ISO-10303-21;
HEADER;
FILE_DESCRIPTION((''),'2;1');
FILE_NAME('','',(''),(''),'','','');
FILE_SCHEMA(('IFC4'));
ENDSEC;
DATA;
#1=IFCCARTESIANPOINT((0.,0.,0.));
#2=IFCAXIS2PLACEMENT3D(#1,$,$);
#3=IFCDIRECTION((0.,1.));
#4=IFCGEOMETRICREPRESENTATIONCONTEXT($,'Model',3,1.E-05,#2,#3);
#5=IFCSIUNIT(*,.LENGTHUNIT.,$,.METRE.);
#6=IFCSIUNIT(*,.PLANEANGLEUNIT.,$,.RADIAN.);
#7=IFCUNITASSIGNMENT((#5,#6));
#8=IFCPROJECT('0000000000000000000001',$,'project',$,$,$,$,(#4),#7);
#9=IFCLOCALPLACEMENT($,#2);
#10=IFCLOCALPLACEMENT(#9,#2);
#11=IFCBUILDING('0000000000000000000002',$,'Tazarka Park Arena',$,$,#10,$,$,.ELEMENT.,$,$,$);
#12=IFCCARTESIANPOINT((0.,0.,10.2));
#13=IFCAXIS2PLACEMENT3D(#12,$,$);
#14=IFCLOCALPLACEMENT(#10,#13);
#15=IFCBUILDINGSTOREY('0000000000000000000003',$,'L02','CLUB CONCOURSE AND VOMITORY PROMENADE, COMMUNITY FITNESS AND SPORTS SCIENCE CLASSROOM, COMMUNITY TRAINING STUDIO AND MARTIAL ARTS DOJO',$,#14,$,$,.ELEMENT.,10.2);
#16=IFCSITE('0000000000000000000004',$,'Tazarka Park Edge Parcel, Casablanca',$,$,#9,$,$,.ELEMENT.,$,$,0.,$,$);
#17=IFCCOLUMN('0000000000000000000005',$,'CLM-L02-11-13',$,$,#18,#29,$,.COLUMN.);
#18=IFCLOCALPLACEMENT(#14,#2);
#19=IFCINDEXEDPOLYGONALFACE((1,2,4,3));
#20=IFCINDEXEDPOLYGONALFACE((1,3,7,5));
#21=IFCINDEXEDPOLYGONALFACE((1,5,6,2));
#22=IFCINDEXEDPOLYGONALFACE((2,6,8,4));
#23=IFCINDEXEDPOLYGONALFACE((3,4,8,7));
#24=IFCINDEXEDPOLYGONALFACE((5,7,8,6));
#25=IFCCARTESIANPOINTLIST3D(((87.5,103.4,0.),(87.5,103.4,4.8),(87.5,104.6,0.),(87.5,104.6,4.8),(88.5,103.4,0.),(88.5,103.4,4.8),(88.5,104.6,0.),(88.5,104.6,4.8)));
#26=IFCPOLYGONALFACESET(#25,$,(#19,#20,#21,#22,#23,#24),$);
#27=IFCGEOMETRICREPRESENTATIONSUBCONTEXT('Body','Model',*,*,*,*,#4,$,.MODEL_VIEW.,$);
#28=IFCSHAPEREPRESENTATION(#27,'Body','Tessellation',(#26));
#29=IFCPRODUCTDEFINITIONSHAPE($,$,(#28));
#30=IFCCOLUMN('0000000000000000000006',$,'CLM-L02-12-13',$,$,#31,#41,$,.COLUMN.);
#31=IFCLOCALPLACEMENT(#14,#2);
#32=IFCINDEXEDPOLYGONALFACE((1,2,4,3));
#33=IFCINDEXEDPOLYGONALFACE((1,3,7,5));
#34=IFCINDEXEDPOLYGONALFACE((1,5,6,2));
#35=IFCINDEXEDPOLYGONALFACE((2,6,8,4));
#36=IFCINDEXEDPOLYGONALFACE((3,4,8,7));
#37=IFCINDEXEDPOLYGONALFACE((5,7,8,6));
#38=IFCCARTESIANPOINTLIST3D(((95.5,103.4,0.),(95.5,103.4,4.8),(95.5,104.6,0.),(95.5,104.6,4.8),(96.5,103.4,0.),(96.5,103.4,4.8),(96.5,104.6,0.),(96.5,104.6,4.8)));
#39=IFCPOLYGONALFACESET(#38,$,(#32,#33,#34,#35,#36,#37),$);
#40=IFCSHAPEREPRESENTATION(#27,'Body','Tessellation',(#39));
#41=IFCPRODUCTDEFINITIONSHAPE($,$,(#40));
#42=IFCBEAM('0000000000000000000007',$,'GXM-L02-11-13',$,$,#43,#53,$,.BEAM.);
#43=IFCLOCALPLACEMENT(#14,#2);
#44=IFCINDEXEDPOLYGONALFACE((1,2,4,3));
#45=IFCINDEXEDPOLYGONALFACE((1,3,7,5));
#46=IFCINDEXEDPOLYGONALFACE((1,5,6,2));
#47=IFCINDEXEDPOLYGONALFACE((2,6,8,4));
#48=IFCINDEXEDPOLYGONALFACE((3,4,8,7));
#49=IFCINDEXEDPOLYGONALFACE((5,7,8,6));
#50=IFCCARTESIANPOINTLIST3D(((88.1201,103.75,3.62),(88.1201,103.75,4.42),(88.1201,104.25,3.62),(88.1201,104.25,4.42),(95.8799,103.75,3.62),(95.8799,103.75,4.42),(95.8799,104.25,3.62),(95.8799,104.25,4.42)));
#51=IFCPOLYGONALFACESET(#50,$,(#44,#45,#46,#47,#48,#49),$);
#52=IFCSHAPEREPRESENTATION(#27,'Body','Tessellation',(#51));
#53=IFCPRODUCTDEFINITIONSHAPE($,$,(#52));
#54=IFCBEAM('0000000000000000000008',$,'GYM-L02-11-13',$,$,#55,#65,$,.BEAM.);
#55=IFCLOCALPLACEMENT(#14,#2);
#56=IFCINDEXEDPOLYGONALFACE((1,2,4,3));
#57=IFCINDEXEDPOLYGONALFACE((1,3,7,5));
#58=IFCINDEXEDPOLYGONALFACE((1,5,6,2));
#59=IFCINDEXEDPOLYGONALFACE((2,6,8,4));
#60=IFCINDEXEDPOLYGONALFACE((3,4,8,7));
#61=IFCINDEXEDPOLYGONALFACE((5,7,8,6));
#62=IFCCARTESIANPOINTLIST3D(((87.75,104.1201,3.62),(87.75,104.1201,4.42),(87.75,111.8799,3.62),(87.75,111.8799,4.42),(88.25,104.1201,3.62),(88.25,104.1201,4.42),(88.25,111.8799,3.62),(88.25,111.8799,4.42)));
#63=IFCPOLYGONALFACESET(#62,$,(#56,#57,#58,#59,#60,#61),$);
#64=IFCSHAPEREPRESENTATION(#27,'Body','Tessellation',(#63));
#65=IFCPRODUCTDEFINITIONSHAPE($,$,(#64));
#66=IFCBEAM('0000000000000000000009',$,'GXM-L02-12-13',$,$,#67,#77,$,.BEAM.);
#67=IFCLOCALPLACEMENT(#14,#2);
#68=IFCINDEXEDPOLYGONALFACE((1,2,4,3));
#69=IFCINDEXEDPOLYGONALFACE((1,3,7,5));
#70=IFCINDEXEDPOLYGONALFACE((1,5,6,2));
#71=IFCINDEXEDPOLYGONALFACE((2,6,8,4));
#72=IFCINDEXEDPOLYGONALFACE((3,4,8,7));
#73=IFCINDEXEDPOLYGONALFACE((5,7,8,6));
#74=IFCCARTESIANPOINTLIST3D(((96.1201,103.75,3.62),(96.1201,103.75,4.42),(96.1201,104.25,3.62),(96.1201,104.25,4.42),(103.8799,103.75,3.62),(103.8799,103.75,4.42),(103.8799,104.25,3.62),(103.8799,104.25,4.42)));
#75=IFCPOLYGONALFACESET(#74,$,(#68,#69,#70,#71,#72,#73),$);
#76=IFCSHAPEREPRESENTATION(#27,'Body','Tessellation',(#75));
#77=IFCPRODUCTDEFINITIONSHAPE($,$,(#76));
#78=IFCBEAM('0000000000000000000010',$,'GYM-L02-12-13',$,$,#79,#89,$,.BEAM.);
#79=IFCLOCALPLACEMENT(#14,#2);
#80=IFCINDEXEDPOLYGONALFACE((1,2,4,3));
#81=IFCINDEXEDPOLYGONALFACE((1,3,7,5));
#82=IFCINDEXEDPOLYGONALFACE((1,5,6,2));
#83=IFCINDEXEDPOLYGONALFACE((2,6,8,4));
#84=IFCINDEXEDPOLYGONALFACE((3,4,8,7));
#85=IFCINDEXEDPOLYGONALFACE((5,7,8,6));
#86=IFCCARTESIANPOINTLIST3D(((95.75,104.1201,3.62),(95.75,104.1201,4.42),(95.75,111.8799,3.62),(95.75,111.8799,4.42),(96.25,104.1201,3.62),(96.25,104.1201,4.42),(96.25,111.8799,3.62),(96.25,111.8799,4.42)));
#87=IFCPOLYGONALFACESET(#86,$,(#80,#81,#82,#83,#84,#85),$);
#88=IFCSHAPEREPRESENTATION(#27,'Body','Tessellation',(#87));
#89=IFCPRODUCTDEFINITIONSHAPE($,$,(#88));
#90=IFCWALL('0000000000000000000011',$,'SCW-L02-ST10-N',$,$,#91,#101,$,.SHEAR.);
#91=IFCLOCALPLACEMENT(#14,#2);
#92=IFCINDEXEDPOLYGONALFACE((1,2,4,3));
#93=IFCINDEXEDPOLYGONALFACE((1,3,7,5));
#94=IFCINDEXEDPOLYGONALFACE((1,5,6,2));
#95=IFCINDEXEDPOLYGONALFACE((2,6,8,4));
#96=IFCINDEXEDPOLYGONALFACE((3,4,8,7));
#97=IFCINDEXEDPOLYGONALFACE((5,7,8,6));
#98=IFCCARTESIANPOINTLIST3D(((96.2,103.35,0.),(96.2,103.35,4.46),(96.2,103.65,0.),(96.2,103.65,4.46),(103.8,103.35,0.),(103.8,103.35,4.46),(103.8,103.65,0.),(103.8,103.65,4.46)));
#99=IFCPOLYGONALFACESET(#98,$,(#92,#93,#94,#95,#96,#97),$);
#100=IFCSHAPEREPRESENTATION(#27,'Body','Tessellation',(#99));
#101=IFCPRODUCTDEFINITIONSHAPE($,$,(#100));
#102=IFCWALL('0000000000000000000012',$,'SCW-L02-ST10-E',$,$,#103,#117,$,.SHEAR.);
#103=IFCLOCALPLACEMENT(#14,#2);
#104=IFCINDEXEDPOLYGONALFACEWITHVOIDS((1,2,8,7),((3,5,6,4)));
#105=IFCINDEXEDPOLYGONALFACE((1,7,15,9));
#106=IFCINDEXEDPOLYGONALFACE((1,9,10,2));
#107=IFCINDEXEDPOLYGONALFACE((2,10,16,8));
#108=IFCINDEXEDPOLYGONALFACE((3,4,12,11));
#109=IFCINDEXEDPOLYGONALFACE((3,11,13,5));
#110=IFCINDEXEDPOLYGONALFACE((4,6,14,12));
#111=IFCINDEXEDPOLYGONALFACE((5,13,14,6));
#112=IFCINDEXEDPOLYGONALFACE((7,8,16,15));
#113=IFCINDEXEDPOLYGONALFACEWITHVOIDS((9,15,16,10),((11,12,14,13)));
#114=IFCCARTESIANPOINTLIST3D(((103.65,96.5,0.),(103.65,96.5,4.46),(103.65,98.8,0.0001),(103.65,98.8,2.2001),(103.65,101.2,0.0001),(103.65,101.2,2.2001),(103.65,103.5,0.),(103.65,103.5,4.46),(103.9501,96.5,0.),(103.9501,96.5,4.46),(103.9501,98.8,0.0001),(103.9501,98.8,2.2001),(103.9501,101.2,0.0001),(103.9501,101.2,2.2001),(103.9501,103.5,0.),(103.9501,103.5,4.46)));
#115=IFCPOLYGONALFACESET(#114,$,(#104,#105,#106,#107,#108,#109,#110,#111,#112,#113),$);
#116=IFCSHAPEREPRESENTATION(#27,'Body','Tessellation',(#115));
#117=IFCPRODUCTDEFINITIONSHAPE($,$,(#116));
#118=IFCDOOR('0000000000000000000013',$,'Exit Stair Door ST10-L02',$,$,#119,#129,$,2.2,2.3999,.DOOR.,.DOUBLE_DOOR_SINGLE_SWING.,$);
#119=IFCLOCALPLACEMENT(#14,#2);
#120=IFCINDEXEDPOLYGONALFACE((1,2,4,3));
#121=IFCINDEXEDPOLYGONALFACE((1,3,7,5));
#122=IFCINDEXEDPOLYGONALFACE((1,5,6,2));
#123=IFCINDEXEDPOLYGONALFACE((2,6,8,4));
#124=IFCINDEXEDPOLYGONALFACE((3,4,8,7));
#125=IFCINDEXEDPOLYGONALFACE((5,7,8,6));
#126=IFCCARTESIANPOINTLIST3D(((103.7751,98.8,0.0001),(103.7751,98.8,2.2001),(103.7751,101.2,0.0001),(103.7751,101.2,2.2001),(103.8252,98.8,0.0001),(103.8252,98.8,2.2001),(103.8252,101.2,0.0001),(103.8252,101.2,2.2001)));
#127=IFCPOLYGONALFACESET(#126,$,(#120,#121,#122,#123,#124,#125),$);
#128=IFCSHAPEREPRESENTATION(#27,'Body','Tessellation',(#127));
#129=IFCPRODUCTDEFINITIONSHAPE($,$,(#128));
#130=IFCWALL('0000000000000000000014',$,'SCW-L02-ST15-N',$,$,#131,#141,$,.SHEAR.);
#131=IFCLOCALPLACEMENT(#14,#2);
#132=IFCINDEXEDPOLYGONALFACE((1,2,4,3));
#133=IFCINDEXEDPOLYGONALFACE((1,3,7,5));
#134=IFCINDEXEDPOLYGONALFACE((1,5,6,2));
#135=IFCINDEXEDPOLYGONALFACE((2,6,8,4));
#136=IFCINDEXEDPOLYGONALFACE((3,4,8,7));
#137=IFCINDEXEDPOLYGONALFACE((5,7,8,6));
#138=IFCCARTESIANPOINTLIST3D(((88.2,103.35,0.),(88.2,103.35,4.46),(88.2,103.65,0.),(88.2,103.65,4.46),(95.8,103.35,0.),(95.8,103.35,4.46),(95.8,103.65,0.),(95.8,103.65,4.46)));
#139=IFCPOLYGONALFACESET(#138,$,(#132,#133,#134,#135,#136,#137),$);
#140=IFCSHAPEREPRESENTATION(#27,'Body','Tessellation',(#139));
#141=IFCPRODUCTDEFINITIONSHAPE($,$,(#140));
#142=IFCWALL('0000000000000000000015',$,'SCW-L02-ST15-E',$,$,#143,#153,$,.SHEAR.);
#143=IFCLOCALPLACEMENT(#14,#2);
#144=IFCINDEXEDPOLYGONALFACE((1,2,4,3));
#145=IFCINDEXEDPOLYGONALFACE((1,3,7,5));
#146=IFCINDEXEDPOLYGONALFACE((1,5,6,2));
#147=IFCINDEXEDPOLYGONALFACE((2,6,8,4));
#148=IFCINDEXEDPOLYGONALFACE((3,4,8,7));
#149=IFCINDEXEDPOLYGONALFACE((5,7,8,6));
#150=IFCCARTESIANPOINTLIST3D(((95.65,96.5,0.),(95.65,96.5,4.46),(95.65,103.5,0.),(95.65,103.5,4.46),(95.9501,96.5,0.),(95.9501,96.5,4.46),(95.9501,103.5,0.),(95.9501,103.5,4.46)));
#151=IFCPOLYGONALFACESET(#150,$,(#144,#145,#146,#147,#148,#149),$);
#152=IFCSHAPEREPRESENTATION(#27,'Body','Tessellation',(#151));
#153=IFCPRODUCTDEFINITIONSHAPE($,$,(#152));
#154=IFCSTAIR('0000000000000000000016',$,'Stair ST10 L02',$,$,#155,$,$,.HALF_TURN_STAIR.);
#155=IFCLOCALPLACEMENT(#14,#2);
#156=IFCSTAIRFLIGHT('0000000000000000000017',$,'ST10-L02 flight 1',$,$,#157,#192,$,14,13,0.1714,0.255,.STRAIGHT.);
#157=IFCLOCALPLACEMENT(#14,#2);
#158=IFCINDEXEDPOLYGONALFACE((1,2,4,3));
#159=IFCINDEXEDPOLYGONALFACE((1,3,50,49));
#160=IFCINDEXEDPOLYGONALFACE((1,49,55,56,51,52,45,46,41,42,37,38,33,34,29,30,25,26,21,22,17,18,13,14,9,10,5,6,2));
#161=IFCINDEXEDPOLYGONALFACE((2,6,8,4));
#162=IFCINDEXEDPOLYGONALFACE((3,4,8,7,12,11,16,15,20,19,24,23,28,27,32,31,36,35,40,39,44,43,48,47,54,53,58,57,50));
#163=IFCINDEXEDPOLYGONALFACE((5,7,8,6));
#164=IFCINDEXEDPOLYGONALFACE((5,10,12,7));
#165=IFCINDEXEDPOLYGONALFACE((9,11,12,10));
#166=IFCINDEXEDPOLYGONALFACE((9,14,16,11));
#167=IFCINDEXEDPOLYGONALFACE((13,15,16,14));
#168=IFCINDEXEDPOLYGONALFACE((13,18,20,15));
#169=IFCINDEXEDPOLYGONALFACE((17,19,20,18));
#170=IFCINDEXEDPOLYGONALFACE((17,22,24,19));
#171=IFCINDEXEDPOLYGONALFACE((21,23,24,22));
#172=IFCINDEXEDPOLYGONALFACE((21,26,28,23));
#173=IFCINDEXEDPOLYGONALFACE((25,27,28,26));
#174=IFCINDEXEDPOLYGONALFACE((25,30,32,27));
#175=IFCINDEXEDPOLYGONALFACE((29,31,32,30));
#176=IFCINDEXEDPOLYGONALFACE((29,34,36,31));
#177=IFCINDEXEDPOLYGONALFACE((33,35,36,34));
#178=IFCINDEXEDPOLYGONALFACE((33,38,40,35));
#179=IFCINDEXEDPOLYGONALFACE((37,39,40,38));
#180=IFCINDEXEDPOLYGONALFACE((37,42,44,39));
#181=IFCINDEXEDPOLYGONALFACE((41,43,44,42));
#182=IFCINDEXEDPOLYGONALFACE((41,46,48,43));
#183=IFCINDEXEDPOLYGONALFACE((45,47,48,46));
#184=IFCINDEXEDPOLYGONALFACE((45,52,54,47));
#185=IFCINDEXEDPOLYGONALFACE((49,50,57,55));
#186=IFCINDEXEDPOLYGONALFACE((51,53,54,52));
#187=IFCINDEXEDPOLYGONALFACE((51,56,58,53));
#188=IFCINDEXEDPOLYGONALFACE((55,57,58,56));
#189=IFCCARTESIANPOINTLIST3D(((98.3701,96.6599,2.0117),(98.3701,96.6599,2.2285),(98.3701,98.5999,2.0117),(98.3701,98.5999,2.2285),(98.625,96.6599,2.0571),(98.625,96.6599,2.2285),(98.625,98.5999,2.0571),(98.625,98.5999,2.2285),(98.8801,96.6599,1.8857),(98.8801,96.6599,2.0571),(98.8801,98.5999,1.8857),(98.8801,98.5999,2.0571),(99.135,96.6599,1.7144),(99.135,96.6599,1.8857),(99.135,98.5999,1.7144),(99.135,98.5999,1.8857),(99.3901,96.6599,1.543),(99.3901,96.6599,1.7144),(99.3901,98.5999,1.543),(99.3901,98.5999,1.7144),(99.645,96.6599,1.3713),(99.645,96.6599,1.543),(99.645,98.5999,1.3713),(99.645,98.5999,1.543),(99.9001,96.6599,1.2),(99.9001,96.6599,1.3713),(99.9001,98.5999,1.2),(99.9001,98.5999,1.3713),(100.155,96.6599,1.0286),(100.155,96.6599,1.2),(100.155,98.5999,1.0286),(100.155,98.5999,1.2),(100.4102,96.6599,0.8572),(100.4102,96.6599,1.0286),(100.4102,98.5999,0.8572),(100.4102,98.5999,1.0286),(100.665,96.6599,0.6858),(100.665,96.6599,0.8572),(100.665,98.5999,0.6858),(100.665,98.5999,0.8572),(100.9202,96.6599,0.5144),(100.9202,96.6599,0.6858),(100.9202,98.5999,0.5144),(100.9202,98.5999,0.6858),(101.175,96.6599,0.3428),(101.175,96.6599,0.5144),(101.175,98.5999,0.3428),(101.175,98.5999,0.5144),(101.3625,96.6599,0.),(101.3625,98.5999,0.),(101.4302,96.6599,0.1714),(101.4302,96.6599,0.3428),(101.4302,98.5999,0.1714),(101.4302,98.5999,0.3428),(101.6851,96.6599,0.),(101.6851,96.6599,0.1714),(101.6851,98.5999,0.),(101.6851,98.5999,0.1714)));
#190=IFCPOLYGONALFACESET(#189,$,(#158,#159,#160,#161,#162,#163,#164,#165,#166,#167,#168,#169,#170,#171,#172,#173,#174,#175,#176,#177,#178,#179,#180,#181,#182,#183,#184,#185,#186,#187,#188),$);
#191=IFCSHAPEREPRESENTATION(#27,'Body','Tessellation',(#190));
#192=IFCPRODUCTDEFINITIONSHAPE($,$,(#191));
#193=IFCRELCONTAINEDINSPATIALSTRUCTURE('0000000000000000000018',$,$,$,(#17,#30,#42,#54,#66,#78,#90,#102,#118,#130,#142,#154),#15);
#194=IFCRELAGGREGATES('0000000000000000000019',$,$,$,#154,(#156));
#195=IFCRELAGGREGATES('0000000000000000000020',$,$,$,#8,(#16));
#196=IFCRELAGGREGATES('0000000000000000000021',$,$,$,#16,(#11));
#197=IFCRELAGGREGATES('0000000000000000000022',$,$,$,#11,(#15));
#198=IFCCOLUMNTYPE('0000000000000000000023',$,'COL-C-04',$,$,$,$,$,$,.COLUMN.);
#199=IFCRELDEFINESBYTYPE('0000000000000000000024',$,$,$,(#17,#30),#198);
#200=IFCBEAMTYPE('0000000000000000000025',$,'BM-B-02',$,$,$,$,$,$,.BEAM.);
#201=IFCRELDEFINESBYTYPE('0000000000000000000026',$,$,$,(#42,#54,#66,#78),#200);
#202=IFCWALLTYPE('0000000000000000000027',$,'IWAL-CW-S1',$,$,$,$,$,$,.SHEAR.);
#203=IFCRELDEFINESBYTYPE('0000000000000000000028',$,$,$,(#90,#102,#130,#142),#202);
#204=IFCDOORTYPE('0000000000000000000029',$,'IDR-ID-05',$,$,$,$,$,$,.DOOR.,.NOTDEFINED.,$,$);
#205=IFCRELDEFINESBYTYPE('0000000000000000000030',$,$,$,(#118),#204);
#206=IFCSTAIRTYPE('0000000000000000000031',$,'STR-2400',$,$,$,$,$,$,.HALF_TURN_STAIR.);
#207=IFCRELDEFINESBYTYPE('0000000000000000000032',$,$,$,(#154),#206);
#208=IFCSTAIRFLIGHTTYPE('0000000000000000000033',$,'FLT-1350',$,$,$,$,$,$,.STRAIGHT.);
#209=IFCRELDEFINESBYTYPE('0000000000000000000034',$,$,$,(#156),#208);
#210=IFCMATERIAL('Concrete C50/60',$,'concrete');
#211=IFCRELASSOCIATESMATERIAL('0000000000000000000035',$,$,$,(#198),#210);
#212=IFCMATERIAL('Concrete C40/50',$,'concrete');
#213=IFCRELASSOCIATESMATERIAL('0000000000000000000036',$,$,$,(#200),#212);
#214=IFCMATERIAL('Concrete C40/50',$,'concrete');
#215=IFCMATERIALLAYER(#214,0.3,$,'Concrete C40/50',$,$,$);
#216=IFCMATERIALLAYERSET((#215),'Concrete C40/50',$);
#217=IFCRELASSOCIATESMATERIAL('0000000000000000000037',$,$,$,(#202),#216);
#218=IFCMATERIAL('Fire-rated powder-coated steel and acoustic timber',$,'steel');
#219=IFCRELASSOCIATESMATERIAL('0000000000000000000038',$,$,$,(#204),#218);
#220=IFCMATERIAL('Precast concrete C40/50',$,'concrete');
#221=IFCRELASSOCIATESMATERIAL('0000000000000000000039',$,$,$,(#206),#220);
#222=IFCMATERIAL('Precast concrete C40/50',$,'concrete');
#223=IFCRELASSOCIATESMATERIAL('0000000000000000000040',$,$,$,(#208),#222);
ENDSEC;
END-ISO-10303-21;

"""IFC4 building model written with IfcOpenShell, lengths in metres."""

from ifc_helpers import new_model, si_unit, direction, frame, frame_2d, origin, origin_2d, place, context, subcontext, project, spatial, polyline, rectangle, outline, extrude, material, layer, layer_set, material_profile, profile_set, type_object, element, fill, aggregate, save


model = new_model("IFC4")

# Units and contexts
model_context = context("Model", 3, precision=1e-05, world=origin(), true_north=direction((0.0, 1.0)))
body_context = subcontext(model_context, "Body", "Model", "MODEL_VIEW")
ifc_project = project(units=[si_unit("LENGTHUNIT", "METRE"), si_unit("PLANEANGLEUNIT", "RADIAN")], contexts=[model_context])

# Site, building, storey
site_placement = place(None, origin())
site = spatial("IfcSite", under=ifc_project, at=site_placement, Name="Tazarka Park Edge Parcel, Casablanca", CompositionType="ELEMENT", RefElevation=0.0)
building_placement = place(site_placement, origin())
building = spatial("IfcBuilding", under=site, at=building_placement, Name="Tazarka Park Arena", CompositionType="ELEMENT")
storey_placement = place(building_placement, frame((0.0, 0.0, 10.2)))
storey = spatial("IfcBuildingStorey", under=building, at=storey_placement, Name="L02", Description="CLUB CONCOURSE AND VOMITORY PROMENADE, COMMUNITY FITNESS AND SPORTS SCIENCE CLASSROOM, COMMUNITY TRAINING STUDIO AND MARTIAL ARTS DOJO", CompositionType="ELEMENT", Elevation=10.2)

# Columns
ifc_material_1 = material(Name="Concrete C50/60", Category="concrete")
ifc_material_profile_1 = material_profile(ifc_material_1, rectangle(XDim=1.0, YDim=1.2, at=origin_2d()), Name="Concrete C50/60")
ifc_profile_set_1 = profile_set([ifc_material_profile_1], Name="Concrete C50/60")
column_type = type_object("IfcColumnType", Name="COL-C-04", PredefinedType="COLUMN", material=ifc_profile_set_1)
for number, where, z_axis, x_axis, name in (
    (1, (88.0, 104.0, 0.0), (0.0, 0.0, 1.0), (1.0, 0.0, 0.0), "CLM-L02-11-13"),
    (2, (96.0, 104.0, 0.0), (0.0, 0.0, 1.0), (1.0, 0.0, 0.0), "CLM-L02-12-13"),
):
    element("IfcColumn", number, at=place(storey_placement, frame(where, z_axis=z_axis, x_axis=x_axis)), inside=storey, type_object=column_type, Name=name, PredefinedType="COLUMN", context=body_context, shape_type="SweptSolid", body=[
        extrude(rectangle(XDim=1.0, YDim=1.2, at=origin_2d()), origin(), (0.0, 0.0, 1.0), 4.8),
    ])

# Beams
ifc_material_2 = material(Name="Concrete C40/50", Category="concrete")
ifc_material_profile_2 = material_profile(ifc_material_2, rectangle(XDim=0.5, YDim=0.8, at=origin_2d()), Name="Concrete C40/50")
ifc_profile_set_2 = profile_set([ifc_material_profile_2], Name="Concrete C40/50")
beam_type = type_object("IfcBeamType", Name="BM-B-02", PredefinedType="BEAM", material=ifc_profile_set_2)
for number, where, z_axis, x_axis, name in (
    (3, (88.1201, 104.0, 4.02), (1.0, 0.0, 0.0), (0.0, 1.0, 0.0), "GXM-L02-11-13"),
    (4, (88.0, 104.1201, 4.02), (0.0, 1.0, 0.0), (-1.0, 0.0, 0.0), "GYM-L02-11-13"),
    (5, (96.1201, 104.0, 4.02), (1.0, 0.0, 0.0), (0.0, 1.0, 0.0), "GXM-L02-12-13"),
    (6, (96.0, 104.1201, 4.02), (0.0, 1.0, 0.0), (-1.0, 0.0, 0.0), "GYM-L02-12-13"),
):
    element("IfcBeam", number, at=place(storey_placement, frame(where, z_axis=z_axis, x_axis=x_axis)), inside=storey, type_object=beam_type, Name=name, PredefinedType="BEAM", context=body_context, shape_type="SweptSolid", body=[
        extrude(rectangle(XDim=0.5, YDim=0.8, at=origin_2d()), origin(), (0.0, 0.0, 1.0), 7.7598),
    ])

# Wall
ifc_material_3 = material(Name="Concrete C40/50", Category="concrete")
ifc_layer = layer(ifc_material_3, 0.3, Name="Concrete C40/50")
ifc_layer_set = layer_set([ifc_layer], Name="Concrete C40/50")
wall_type = type_object("IfcWallType", Name="IWAL-CW-S1", PredefinedType="SHEAR", material=ifc_layer_set)
wall_1_placement = place(storey_placement, frame((96.2, 103.5, 0.0), z_axis=(0.0, 0.0, 1.0), x_axis=(1.0, 0.0, 0.0)))
element("IfcWall", 7, at=wall_1_placement, inside=storey, type_object=wall_type, Name="SCW-L02-ST10-N", PredefinedType="SHEAR", context=body_context, shape_type="SweptSolid", body=[
    extrude(rectangle(XDim=7.6001, YDim=0.3, at=frame_2d((3.8, 0.0))), origin(), (0.0, 0.0, 1.0), 4.46),
])

# Wall, opening, door
wall_2_placement = place(storey_placement, frame((103.8, 103.5, 0.0), z_axis=(0.0, 0.0, 1.0), x_axis=(0.0, -1.0, 0.0)))
wall_2 = element("IfcWall", 8, at=wall_2_placement, inside=storey, type_object=wall_type, Name="SCW-L02-ST10-E", PredefinedType="SHEAR", context=body_context, shape_type="SweptSolid", body=[
    extrude(rectangle(XDim=7.0, YDim=0.3, at=frame_2d((3.5, 0.0))), origin(), (0.0, 0.0, 1.0), 4.46),
])
opening_placement = place(wall_2_placement, frame((2.3, 0.0, 0.0)))
opening = element("IfcOpeningElement", 9, at=opening_placement, cuts=wall_2, PredefinedType="OPENING", context=body_context, shape_type="SweptSolid", body=[
    extrude(rectangle(XDim=2.3999, YDim=2.2, at=frame_2d((1.2, 1.1001))), frame((0.0, 0.1602, 0.0), z_axis=(0.0, -1.0, 0.0), x_axis=(1.0, 0.0, 0.0)), (0.0, 0.0, 1.0), 0.3201),
])
ifc_material_4 = material(Name="Fire-rated powder-coated steel and acoustic timber", Category="steel")
door_type = type_object("IfcDoorType", Name="IDR-ID-05", OperationType="NOTDEFINED", PredefinedType="DOOR", material=ifc_material_4)
door_placement = place(opening_placement, frame((2.3999, 0.0, 0.0), z_axis=(0.0, 0.0, 1.0), x_axis=(-1.0, 0.0, 0.0)))
door = element("IfcDoor", 10, at=door_placement, inside=storey, type_object=door_type, Name="Exit Stair Door ST10-L02", OperationType="DOUBLE_DOOR_SINGLE_SWING", OverallHeight=2.2, OverallWidth=2.3999, PredefinedType="DOOR", context=body_context, shape_type="SweptSolid", body=[
    extrude(rectangle(XDim=2.3999, YDim=2.2, at=frame_2d((1.2, 1.1001))), frame((0.0, 0.0249, 0.0), z_axis=(0.0, -1.0, 0.0), x_axis=(1.0, 0.0, 0.0)), (0.0, 0.0, 1.0), 0.05),
])
fill(opening, door)

# Walls
wall_3_placement = place(storey_placement, frame((88.2, 103.5, 0.0), z_axis=(0.0, 0.0, 1.0), x_axis=(1.0, 0.0, 0.0)))
element("IfcWall", 11, at=wall_3_placement, inside=storey, type_object=wall_type, Name="SCW-L02-ST15-N", PredefinedType="SHEAR", context=body_context, shape_type="SweptSolid", body=[
    extrude(rectangle(XDim=7.6001, YDim=0.3, at=frame_2d((3.8, 0.0))), origin(), (0.0, 0.0, 1.0), 4.46),
])
wall_4_placement = place(storey_placement, frame((95.8, 103.5, 0.0), z_axis=(0.0, 0.0, 1.0), x_axis=(0.0, -1.0, 0.0)))
element("IfcWall", 12, at=wall_4_placement, inside=storey, type_object=wall_type, Name="SCW-L02-ST15-E", PredefinedType="SHEAR", context=body_context, shape_type="SweptSolid", body=[
    extrude(rectangle(XDim=7.0, YDim=0.3, at=frame_2d((3.5, 0.0))), origin(), (0.0, 0.0, 1.0), 4.46),
])

# Stair, stair flight
ifc_material_5 = material(Name="Precast concrete C40/50", Category="concrete")
stair_type = type_object("IfcStairType", Name="STR-2400", PredefinedType="HALF_TURN_STAIR", material=ifc_material_5)
stair_1_placement = place(storey_placement, origin())
stair_1 = element("IfcStair", 13, at=stair_1_placement, inside=storey, type_object=stair_type, Name="Stair ST10 L02", PredefinedType="HALF_TURN_STAIR")
ifc_material_6 = material(Name="Precast concrete C40/50", Category="concrete")
stair_flight_type = type_object("IfcStairFlightType", Name="FLT-1350", PredefinedType="STRAIGHT", material=ifc_material_6)
stair_flight_1_placement = place(storey_placement, frame((101.6851, 97.6299, 0.0), z_axis=(0.0, 0.0, 1.0), x_axis=(-1.0, 0.0, 0.0)))
stair_flight_1 = element("IfcStairFlight", 14, at=stair_flight_1_placement, type_object=stair_flight_type, Name="ST10-L02 flight 1", NumberOfRisers=14, NumberOfTreads=13, PredefinedType="STRAIGHT", RiserHeight=0.1714, TreadLength=0.255, context=body_context, shape_type="SweptSolid", body=[
    extrude(outline(polyline([(0.0, 0.0), (0.0, 0.1714), (0.2549, 0.1714), (0.2549, 0.3428), (0.51, 0.3428), (0.51, 0.5144), (0.7649, 0.5144), (0.7649, 0.6858), (1.02, 0.6858), (1.02, 0.8572), (1.2749, 0.8572), (1.2749, 1.0286), (1.53, 1.0286), (1.53, 1.2), (1.7849, 1.2), (1.7849, 1.3713), (2.04, 1.3713), (2.04, 1.543), (2.2949, 1.543), (2.2949, 1.7144), (2.55, 1.7144), (2.55, 1.8857), (2.8049, 1.8857), (2.8049, 2.0571), (3.0601, 2.0571), (3.0601, 2.2285), (3.3149, 2.2285), (3.3149, 2.3999), (3.3149, 2.0117), (0.3225, 0.0), (0.0, 0.0)])), frame((0.0, 0.97, 0.0), z_axis=(0.0, -1.0, 0.0), x_axis=(1.0, 0.0, 0.0)), (0.0, 0.0, 1.0), 1.9399),
])
aggregate(stair_1, [stair_flight_1])

save(model, "model.ifc")
